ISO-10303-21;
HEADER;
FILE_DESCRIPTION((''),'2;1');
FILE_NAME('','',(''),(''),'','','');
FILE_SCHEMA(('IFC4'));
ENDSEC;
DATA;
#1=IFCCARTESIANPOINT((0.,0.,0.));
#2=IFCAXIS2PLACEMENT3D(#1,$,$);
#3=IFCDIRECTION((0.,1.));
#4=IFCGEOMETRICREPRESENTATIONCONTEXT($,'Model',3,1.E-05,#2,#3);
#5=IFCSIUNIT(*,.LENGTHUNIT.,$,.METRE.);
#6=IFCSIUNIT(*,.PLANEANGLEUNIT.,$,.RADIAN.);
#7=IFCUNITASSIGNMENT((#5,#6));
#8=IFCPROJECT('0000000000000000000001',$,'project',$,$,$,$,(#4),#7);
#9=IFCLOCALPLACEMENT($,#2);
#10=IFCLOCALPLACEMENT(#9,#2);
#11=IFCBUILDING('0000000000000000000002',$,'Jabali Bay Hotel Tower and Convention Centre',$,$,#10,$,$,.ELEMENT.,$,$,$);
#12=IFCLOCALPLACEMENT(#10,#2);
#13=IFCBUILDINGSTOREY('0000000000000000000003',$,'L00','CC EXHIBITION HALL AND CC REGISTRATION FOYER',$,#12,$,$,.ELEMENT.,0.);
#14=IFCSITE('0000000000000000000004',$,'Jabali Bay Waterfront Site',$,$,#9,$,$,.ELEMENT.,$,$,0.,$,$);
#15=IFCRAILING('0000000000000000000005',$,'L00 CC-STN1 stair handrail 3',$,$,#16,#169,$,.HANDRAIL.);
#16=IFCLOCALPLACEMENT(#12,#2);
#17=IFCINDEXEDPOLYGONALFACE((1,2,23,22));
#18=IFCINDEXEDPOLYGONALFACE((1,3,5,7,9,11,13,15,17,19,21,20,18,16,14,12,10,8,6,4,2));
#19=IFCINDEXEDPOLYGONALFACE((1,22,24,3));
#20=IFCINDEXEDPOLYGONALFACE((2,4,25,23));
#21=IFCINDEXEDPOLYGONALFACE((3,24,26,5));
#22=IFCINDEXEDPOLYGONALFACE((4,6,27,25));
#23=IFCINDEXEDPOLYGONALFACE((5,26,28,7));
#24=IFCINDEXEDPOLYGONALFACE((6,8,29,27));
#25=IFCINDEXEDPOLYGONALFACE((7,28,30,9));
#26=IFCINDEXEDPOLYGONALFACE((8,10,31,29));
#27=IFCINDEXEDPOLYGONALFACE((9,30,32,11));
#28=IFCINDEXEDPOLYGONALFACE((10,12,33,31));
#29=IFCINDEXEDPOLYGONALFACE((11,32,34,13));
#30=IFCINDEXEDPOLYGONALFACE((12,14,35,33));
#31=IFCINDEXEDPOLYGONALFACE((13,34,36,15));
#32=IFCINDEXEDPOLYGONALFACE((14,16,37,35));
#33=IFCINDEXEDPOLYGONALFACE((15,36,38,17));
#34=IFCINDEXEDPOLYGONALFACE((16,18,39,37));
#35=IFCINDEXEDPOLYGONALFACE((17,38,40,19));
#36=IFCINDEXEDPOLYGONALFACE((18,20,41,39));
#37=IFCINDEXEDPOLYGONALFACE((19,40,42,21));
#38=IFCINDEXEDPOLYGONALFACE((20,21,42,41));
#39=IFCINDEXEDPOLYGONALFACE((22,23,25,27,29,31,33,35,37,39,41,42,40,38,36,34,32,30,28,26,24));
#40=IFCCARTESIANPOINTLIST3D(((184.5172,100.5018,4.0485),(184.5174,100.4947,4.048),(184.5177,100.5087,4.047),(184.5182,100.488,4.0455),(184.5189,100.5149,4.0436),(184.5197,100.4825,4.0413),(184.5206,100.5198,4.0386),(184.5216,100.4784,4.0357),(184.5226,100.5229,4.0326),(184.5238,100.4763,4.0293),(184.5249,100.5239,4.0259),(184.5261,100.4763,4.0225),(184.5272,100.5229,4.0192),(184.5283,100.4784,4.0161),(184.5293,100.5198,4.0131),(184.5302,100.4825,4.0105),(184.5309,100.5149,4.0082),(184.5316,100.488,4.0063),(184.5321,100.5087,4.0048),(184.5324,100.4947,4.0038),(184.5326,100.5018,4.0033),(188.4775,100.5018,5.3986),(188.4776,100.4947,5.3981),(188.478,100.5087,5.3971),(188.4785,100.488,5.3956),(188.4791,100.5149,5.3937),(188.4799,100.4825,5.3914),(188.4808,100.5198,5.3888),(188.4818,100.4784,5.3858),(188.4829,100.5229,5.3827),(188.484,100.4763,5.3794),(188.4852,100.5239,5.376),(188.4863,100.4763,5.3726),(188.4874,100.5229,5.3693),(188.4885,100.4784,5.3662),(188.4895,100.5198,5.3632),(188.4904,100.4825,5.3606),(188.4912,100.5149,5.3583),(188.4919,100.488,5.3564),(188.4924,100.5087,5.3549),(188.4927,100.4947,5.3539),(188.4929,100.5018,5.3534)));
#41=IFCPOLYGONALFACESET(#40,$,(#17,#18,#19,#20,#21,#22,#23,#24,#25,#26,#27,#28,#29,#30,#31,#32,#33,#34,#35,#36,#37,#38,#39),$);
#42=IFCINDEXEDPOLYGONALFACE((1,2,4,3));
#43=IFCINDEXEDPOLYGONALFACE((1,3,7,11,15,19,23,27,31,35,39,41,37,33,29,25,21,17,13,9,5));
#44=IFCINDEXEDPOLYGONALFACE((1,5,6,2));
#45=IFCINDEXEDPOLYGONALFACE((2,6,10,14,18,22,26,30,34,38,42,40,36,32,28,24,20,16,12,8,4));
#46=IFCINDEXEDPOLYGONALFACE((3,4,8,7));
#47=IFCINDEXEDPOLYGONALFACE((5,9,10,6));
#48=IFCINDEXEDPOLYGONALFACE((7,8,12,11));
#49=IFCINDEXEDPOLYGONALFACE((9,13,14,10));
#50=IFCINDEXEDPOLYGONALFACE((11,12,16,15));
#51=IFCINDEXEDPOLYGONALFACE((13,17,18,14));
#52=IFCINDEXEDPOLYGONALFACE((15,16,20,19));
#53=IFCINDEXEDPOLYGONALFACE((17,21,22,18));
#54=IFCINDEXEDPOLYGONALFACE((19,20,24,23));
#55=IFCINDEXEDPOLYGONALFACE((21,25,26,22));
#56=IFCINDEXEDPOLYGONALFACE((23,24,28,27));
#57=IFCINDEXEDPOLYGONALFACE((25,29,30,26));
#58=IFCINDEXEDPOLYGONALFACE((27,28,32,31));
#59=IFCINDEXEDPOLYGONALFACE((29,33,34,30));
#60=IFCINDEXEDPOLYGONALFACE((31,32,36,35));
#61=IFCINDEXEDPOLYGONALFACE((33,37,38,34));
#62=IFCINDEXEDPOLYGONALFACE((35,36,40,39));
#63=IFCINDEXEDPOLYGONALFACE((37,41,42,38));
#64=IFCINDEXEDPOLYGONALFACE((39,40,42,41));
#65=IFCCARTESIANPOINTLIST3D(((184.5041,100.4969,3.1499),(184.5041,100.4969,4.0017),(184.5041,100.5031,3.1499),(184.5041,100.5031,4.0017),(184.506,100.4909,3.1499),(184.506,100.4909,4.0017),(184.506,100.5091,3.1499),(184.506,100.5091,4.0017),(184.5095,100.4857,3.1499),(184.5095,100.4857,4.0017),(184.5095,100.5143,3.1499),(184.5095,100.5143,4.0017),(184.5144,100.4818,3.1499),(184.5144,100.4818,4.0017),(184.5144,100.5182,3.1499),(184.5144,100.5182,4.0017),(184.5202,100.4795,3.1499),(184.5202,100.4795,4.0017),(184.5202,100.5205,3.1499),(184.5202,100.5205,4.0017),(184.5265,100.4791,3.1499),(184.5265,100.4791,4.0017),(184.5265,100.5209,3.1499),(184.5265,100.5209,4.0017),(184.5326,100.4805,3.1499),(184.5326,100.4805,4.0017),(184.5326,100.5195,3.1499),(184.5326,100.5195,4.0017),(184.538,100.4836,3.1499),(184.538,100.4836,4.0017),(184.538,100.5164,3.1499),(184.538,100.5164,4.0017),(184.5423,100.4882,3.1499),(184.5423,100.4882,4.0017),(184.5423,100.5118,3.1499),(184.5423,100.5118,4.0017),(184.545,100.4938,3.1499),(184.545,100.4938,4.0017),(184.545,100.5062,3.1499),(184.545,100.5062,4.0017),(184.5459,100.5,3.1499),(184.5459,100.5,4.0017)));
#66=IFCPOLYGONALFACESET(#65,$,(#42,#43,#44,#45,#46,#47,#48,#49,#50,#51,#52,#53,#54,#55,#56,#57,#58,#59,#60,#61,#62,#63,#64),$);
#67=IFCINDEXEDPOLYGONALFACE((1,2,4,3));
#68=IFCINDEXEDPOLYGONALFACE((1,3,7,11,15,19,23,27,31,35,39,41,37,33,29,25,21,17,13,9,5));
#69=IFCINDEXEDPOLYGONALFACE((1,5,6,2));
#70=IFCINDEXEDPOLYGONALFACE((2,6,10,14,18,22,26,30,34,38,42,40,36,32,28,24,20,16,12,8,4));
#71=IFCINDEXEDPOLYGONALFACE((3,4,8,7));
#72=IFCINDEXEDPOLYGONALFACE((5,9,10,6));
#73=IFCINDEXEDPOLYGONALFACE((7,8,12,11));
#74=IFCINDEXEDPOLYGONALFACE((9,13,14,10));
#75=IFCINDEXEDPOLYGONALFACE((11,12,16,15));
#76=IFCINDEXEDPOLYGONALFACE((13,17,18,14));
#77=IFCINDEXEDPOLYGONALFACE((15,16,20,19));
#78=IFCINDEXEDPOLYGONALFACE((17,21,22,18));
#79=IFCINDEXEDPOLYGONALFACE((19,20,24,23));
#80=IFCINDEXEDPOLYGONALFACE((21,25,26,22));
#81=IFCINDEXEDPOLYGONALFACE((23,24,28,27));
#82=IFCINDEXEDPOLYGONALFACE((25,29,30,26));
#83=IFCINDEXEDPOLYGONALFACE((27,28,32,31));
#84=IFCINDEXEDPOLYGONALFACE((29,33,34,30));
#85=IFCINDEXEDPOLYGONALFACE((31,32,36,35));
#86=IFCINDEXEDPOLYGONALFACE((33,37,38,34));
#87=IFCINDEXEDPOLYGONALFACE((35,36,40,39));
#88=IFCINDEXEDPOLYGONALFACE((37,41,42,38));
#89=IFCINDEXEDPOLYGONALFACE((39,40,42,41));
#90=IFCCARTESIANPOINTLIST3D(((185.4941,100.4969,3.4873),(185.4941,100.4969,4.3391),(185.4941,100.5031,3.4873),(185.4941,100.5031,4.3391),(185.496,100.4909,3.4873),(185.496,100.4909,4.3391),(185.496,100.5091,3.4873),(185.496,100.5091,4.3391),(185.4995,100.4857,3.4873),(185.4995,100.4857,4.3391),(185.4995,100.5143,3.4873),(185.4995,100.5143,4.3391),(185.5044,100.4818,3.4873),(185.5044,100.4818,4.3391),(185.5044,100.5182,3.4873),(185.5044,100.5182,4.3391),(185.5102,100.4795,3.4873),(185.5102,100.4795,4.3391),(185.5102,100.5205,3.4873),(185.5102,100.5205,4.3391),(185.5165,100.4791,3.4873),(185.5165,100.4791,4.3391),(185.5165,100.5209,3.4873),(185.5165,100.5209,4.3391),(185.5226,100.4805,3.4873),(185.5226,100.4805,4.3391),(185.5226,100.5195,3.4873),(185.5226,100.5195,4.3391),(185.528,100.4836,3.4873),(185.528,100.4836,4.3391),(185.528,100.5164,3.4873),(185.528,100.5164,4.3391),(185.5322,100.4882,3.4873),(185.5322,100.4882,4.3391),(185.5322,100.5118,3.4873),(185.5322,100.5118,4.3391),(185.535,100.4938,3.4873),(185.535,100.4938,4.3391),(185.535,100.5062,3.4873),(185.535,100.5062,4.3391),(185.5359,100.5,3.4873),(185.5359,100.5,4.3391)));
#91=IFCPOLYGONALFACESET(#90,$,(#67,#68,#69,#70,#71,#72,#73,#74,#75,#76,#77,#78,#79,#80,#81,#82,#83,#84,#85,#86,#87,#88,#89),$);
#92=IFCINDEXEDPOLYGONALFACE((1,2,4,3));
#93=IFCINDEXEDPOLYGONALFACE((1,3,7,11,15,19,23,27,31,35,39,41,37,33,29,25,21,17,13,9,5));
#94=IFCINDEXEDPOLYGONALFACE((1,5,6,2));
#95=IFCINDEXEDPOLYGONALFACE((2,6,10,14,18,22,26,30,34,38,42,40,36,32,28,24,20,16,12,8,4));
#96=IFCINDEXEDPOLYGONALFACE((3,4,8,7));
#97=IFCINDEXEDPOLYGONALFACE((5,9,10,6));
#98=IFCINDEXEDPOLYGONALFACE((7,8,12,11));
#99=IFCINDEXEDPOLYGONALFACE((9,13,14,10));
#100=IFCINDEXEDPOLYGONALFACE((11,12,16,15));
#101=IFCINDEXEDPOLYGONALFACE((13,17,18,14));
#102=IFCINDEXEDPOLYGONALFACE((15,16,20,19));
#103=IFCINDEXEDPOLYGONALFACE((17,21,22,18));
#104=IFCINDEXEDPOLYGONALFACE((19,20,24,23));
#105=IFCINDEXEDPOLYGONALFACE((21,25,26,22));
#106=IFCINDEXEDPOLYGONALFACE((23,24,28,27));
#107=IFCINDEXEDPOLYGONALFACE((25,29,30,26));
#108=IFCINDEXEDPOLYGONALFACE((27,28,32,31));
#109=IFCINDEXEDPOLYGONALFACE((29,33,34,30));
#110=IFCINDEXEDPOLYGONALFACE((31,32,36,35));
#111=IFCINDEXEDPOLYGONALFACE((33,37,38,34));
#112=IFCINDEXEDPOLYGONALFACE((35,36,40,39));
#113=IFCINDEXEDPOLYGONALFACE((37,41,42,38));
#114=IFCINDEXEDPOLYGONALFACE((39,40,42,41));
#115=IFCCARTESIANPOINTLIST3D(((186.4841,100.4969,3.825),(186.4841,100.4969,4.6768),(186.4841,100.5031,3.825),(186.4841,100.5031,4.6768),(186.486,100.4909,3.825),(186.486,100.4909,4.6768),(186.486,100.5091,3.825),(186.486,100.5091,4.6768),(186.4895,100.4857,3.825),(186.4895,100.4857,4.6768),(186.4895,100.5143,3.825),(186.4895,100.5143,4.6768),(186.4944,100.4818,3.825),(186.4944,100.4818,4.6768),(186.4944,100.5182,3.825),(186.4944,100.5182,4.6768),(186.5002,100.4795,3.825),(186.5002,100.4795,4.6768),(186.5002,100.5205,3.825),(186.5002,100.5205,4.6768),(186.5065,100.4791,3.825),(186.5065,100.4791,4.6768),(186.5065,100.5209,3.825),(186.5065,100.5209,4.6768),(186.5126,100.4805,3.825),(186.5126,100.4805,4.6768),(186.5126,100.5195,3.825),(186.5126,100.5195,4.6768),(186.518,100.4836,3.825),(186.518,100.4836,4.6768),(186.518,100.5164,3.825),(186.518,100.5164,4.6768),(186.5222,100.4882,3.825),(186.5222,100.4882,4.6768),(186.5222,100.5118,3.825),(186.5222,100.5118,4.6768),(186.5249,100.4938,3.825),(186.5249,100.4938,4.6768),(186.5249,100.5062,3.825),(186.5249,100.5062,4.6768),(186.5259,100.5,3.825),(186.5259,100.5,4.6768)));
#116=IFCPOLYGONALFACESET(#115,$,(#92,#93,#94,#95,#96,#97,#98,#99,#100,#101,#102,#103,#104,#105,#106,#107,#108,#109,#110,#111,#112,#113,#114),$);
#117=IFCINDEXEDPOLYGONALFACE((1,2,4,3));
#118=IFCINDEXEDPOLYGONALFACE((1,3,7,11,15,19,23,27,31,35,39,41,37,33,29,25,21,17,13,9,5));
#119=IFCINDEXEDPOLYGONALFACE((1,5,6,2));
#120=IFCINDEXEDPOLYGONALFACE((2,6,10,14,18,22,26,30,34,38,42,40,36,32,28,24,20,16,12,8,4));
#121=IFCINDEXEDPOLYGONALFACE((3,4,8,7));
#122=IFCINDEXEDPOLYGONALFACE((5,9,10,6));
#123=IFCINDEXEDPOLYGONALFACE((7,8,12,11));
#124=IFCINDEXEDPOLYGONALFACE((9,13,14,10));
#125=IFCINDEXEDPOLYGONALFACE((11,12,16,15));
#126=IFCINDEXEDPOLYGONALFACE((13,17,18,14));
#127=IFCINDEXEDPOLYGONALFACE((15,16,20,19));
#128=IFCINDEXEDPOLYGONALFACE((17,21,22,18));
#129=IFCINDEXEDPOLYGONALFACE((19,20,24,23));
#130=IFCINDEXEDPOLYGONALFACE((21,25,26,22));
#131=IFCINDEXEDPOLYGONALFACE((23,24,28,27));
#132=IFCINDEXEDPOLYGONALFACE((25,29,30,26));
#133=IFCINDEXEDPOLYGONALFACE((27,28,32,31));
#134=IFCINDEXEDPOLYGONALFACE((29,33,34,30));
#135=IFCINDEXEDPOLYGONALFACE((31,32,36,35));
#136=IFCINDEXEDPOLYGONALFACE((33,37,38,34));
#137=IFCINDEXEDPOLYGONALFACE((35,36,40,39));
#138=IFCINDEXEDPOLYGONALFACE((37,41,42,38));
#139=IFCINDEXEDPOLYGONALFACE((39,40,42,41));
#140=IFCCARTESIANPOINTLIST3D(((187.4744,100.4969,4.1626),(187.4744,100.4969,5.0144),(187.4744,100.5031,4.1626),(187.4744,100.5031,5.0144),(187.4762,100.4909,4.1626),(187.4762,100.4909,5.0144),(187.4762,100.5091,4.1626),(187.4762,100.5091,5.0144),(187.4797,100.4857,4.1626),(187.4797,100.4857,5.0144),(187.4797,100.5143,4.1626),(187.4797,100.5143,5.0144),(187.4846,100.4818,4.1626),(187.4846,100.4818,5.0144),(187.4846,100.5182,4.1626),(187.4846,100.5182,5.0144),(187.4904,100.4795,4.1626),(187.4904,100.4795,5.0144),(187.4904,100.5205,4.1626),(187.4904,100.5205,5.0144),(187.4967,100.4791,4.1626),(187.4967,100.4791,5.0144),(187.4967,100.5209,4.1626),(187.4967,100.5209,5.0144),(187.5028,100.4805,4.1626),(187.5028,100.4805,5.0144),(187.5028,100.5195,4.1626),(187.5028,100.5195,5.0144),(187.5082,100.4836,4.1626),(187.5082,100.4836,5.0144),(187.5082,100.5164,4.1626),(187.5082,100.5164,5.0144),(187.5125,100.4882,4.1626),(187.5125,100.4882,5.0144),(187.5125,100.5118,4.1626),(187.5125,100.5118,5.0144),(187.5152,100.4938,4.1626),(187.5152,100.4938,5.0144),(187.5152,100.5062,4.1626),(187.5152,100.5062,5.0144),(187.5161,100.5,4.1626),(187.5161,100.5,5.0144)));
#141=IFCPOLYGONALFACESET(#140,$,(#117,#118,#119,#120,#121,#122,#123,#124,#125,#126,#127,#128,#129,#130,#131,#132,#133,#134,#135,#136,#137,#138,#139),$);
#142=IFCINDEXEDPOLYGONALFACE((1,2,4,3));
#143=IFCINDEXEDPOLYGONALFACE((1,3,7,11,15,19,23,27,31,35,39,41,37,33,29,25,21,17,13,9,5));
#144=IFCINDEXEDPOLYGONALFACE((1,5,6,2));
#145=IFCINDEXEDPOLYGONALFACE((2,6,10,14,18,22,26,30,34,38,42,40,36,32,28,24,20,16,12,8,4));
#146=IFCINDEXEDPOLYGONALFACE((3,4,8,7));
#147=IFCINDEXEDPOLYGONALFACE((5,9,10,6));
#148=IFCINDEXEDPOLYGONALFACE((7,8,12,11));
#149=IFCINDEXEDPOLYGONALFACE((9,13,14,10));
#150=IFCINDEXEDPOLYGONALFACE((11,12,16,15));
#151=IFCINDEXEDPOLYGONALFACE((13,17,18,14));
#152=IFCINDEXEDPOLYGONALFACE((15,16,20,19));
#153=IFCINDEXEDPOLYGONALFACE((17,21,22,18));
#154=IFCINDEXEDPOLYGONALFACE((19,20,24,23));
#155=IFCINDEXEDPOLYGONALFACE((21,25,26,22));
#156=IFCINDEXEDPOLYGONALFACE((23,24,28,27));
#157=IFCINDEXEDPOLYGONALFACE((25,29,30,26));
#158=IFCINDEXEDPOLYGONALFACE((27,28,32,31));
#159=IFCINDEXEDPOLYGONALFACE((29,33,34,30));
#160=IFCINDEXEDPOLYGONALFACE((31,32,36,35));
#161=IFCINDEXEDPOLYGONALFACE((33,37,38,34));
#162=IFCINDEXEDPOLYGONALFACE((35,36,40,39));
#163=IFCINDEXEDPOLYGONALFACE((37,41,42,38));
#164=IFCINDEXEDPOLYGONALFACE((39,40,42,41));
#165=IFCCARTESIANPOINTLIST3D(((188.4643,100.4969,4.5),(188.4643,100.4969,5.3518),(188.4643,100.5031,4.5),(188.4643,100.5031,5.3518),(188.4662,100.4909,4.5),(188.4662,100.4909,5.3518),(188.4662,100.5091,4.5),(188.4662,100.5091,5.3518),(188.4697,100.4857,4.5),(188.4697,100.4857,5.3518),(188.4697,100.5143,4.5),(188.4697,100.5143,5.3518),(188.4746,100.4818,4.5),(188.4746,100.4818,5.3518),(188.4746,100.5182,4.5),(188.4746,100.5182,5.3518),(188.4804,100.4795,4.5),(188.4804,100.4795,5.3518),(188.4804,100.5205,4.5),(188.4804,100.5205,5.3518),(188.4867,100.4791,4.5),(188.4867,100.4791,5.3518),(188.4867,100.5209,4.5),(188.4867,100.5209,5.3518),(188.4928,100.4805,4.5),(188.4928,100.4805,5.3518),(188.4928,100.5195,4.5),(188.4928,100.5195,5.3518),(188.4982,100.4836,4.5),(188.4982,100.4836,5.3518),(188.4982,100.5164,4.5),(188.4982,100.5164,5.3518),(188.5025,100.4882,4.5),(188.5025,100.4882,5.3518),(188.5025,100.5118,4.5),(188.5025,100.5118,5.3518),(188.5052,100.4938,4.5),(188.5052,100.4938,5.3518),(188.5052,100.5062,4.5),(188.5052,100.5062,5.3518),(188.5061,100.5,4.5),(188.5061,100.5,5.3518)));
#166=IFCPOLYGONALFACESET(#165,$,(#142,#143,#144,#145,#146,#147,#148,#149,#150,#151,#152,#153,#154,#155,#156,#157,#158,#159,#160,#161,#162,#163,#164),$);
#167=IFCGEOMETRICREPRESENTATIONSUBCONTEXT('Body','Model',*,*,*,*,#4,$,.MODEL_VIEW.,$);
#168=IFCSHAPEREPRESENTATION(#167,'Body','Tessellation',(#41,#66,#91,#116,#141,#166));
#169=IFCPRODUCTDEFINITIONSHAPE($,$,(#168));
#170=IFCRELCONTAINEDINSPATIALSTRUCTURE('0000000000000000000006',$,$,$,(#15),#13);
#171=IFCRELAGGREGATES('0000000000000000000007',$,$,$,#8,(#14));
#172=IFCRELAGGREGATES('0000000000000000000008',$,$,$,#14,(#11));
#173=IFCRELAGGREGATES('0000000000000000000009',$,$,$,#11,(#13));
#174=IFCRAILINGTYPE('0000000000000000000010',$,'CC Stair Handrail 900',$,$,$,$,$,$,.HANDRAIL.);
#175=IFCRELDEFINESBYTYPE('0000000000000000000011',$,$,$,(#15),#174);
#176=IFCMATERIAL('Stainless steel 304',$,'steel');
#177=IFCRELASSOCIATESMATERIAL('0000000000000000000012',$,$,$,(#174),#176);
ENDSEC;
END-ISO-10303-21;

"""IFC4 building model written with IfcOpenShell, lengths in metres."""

from ifc_helpers import new_model, si_unit, direction, frame, origin, origin_2d, place, context, subcontext, project, spatial, circle, extrude, material, type_object, element, save


model = new_model("IFC4")

# Units and contexts
model_context = context("Model", 3, precision=1e-05, world=origin(), true_north=direction((0.0, 1.0)))
body_context = subcontext(model_context, "Body", "Model", "MODEL_VIEW")
ifc_project = project(units=[si_unit("LENGTHUNIT", "METRE"), si_unit("PLANEANGLEUNIT", "RADIAN")], contexts=[model_context])

# Site, building, storey
site_placement = place(None, origin())
site = spatial("IfcSite", under=ifc_project, at=site_placement, Name="Jabali Bay Waterfront Site", CompositionType="ELEMENT", RefElevation=0.0)
building_placement = place(site_placement, origin())
building = spatial("IfcBuilding", under=site, at=building_placement, Name="Jabali Bay Hotel Tower and Convention Centre", CompositionType="ELEMENT")
storey_placement = place(building_placement, origin())
storey = spatial("IfcBuildingStorey", under=building, at=storey_placement, Name="L00", Description="CC EXHIBITION HALL AND CC REGISTRATION FOYER", CompositionType="ELEMENT", Elevation=0.0)

# Railing
ifc_material_1 = material(Name="Stainless steel 304", Category="steel")
railing_type_1 = type_object("IfcRailingType", Name="CC Stair Handrail 900", PredefinedType="HANDRAIL", material=ifc_material_1)
for number, where, name in (
    (1, (184.5249, 100.5, 3.1499), "L00 CC-STN1 stair handrail 3"),
):
    element("IfcRailing", number, at=place(storey_placement, frame(where)), inside=storey, type_object=railing_type_1, Name=name, PredefinedType="HANDRAIL", context=body_context, shape_type="SweptSolid", body=[
        extrude(circle(Radius=0.0239, at=origin_2d()), frame((0.0, 0.0, 0.876), z_axis=(0.946508, 0.0, 0.32268), x_axis=(0.0, 1.0, 0.0)), (0.0, 0.0, 1.0), 4.1841),
        extrude(circle(Radius=0.021, at=origin_2d()), origin(), (0.0, 0.0, 1.0), 0.8518),
        extrude(circle(Radius=0.021, at=origin_2d()), frame((0.99, 0.0, 0.3374)), (0.0, 0.0, 1.0), 0.8518),
        extrude(circle(Radius=0.021, at=origin_2d()), frame((1.98, 0.0, 0.675)), (0.0, 0.0, 1.0), 0.8518),
        extrude(circle(Radius=0.021, at=origin_2d()), frame((2.9702, 0.0, 1.0127)), (0.0, 0.0, 1.0), 0.8518),
        extrude(circle(Radius=0.021, at=origin_2d()), frame((3.9602, 0.0, 1.3501)), (0.0, 0.0, 1.0), 0.8518),
    ])

save(model, "model.ifc")
